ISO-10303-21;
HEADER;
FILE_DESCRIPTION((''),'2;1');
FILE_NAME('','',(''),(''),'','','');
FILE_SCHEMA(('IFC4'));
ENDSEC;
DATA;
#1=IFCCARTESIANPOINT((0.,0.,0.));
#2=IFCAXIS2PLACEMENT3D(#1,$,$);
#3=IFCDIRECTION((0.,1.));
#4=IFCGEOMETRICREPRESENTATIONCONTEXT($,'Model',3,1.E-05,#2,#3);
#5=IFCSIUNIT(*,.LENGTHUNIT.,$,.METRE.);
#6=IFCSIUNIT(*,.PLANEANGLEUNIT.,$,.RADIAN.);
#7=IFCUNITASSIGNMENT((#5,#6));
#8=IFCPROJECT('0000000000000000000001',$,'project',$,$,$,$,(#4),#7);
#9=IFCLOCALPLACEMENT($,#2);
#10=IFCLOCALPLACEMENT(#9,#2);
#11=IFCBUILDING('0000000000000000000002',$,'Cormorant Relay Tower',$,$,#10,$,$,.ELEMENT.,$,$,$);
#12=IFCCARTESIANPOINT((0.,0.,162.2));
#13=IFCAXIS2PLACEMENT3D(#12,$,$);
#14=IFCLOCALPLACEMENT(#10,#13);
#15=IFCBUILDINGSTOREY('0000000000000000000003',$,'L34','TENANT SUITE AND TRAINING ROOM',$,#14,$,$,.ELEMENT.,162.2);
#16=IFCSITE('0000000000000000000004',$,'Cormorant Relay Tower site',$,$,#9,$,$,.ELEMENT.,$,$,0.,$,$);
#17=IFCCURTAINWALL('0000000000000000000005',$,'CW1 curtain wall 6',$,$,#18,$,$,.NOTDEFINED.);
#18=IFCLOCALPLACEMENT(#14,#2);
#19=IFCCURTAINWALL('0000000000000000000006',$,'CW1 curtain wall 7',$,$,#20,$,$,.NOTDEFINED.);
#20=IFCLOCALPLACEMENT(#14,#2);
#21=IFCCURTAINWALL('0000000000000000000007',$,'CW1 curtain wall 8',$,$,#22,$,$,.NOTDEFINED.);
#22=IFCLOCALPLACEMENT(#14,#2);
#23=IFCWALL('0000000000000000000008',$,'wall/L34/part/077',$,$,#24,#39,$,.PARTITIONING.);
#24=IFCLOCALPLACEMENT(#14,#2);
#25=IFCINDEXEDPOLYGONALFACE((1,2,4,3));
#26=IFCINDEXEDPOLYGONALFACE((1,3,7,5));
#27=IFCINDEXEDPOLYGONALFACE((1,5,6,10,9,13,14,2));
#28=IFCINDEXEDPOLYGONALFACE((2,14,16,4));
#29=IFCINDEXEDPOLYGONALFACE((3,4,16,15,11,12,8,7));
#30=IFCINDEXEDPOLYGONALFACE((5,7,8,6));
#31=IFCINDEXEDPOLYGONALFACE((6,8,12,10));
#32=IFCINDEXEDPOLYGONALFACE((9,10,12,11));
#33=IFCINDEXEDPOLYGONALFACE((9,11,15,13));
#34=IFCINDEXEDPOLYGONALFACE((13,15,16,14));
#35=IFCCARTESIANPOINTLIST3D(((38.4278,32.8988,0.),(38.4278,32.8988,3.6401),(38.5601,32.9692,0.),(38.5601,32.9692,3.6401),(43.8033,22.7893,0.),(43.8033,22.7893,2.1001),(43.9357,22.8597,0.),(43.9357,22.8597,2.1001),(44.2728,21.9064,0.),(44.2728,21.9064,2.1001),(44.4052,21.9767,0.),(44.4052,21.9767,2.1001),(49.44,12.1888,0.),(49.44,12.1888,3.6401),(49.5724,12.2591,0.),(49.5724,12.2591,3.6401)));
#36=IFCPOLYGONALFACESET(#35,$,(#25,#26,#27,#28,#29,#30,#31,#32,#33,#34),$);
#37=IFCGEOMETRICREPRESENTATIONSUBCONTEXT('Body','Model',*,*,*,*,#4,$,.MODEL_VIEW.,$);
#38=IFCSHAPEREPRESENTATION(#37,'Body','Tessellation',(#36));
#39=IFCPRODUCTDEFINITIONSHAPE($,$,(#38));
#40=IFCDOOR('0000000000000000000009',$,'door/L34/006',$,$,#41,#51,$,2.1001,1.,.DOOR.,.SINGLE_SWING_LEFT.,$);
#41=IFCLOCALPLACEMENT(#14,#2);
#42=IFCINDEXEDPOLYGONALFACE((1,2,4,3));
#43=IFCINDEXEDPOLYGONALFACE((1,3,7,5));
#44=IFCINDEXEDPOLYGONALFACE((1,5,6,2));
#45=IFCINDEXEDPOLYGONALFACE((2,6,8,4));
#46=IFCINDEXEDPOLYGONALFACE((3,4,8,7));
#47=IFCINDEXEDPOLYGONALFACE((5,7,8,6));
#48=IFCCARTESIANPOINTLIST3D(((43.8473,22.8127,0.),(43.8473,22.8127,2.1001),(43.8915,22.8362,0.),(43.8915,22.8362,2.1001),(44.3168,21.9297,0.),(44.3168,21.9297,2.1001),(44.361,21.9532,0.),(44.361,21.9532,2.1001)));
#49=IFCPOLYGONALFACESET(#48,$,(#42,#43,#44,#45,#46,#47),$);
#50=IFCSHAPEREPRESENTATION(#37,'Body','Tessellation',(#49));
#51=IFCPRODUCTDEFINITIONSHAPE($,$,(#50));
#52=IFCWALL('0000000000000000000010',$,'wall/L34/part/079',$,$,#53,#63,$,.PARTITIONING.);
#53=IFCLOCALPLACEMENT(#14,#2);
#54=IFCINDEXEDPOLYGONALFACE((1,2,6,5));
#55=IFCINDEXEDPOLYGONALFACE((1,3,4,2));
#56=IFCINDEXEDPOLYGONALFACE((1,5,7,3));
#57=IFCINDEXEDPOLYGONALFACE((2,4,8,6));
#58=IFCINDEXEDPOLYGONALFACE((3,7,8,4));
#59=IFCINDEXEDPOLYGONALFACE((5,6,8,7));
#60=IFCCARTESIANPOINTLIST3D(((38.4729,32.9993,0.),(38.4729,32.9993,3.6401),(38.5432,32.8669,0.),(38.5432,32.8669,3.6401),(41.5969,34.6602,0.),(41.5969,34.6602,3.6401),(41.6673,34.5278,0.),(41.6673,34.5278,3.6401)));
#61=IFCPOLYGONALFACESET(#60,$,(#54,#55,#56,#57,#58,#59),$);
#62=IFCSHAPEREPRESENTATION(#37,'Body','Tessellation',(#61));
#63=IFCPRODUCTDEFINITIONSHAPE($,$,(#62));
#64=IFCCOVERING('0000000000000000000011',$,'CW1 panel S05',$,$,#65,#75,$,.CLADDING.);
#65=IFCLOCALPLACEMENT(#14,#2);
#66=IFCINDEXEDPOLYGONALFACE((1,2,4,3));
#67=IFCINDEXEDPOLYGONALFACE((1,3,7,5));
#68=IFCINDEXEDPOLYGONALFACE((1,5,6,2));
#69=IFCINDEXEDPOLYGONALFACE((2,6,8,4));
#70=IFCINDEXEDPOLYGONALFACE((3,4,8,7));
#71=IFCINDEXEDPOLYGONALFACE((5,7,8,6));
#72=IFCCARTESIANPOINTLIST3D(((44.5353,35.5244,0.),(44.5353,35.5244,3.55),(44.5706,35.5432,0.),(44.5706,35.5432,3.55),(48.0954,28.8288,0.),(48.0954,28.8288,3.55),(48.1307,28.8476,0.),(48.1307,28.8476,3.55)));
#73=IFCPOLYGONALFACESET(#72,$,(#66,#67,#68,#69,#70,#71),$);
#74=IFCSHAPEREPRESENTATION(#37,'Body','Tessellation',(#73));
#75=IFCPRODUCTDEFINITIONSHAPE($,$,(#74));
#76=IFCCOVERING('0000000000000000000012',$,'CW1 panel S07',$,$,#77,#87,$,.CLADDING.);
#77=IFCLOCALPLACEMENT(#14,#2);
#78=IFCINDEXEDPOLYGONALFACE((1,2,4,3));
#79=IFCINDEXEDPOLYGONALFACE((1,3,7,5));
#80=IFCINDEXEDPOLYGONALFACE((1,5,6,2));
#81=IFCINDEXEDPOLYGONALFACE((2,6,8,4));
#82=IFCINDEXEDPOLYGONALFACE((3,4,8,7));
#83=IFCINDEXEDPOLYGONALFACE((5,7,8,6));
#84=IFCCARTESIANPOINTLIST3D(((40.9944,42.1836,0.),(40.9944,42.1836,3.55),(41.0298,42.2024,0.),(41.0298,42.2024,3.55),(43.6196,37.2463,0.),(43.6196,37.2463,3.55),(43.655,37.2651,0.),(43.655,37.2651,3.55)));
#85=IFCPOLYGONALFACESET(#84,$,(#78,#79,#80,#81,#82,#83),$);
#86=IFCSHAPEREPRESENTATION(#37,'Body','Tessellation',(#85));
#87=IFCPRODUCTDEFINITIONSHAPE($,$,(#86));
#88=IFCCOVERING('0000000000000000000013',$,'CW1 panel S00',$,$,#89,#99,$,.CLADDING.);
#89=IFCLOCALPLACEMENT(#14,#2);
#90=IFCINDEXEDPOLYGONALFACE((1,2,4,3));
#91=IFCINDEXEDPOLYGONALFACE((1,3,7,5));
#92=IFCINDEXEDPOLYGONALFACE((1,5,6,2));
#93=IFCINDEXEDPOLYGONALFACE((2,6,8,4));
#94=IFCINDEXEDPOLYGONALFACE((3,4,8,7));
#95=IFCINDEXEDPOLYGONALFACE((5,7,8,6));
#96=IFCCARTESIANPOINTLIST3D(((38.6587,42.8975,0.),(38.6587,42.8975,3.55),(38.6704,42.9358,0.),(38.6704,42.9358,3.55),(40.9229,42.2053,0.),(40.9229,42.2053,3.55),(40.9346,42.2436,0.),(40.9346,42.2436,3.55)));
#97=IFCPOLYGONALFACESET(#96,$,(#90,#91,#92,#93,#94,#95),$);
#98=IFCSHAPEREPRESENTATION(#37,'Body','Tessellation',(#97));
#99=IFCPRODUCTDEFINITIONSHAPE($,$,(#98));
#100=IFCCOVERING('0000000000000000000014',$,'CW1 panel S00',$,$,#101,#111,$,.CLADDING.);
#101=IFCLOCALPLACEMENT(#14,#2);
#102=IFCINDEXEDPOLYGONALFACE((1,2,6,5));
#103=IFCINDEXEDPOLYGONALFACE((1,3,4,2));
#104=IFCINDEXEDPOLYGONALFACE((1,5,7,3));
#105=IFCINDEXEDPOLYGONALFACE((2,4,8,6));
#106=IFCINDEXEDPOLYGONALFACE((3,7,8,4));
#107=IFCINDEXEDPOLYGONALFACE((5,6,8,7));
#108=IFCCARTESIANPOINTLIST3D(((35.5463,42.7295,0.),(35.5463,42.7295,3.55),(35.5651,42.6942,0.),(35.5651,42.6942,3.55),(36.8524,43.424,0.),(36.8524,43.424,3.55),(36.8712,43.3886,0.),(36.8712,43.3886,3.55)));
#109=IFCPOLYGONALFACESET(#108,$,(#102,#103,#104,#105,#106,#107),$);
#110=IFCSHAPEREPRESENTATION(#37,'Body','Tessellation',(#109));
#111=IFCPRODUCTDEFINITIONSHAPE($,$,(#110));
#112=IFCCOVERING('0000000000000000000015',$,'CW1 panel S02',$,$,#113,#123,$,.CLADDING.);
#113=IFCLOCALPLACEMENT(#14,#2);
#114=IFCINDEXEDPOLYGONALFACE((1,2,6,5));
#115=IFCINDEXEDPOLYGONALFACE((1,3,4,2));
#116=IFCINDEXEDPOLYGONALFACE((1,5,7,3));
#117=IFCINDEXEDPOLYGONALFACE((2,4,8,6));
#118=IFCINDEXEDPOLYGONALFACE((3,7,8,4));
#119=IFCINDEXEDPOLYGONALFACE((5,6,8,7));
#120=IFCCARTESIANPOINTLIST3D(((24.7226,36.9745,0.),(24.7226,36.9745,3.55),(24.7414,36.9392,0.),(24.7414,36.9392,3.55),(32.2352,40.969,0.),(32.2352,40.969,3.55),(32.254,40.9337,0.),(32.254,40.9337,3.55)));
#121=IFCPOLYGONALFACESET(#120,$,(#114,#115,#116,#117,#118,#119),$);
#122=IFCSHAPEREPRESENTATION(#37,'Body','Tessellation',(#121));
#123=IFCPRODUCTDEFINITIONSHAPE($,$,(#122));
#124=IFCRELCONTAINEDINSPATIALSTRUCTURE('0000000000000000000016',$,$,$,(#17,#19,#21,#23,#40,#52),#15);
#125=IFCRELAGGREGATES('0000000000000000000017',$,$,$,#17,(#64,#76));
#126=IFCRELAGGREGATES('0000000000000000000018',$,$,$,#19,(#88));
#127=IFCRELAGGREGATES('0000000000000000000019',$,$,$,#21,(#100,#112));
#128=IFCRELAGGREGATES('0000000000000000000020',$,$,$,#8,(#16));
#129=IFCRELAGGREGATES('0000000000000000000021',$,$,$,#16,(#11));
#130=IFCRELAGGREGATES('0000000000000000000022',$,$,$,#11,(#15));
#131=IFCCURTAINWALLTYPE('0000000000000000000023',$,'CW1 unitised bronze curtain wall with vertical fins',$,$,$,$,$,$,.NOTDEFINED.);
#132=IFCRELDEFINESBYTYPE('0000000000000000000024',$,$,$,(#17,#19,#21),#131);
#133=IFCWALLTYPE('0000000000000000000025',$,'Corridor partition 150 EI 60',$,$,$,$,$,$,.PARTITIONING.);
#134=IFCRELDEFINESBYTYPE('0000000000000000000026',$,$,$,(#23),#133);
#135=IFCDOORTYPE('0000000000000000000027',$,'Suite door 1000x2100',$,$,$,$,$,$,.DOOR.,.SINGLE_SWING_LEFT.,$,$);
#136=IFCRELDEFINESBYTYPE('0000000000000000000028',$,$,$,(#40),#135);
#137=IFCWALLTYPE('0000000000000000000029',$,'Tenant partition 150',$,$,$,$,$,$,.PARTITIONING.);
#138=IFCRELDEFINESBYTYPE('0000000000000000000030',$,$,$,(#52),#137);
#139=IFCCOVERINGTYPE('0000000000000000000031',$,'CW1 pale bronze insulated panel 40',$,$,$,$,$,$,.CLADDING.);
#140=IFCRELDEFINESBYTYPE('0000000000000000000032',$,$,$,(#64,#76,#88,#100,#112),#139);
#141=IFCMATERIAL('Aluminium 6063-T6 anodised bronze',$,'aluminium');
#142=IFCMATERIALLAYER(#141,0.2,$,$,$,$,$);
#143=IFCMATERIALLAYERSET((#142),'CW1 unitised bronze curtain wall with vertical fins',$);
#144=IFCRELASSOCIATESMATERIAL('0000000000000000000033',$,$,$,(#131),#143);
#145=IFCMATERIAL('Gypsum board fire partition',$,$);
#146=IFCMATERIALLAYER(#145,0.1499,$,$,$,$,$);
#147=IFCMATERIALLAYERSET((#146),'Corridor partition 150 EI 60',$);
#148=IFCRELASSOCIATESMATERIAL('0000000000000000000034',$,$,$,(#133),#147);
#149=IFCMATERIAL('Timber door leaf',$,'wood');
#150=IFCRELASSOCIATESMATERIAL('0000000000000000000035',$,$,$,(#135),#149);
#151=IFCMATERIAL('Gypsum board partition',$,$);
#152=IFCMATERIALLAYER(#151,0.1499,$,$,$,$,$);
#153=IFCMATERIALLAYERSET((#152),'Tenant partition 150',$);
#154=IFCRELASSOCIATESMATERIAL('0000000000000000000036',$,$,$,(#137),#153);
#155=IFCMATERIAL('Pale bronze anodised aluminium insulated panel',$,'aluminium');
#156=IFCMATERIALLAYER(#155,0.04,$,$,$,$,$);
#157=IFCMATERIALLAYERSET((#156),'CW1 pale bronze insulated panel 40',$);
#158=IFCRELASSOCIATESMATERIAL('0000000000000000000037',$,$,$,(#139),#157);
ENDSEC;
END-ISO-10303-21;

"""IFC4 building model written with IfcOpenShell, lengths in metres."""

from ifc_helpers import new_model, si_unit, direction, frame, frame_2d, origin, origin_2d, place, context, subcontext, project, spatial, rectangle, extrude, material, layer, layer_set, type_object, element, fill, aggregate, save


model = new_model("IFC4")

# Units and contexts
model_context = context("Model", 3, precision=1e-05, world=origin(), true_north=direction((0.0, 1.0)))
body_context = subcontext(model_context, "Body", "Model", "MODEL_VIEW")
ifc_project = project(units=[si_unit("LENGTHUNIT", "METRE"), si_unit("PLANEANGLEUNIT", "RADIAN")], contexts=[model_context])

# Site, building, storey
site_placement = place(None, origin())
site = spatial("IfcSite", under=ifc_project, at=site_placement, Name="Cormorant Relay Tower site", CompositionType="ELEMENT", RefElevation=0.0)
building_placement = place(site_placement, origin())
building = spatial("IfcBuilding", under=site, at=building_placement, Name="Cormorant Relay Tower", CompositionType="ELEMENT")
storey_placement = place(building_placement, frame((0.0, 0.0, 162.2)))
storey = spatial("IfcBuildingStorey", under=building, at=storey_placement, Name="L34", Description="TENANT SUITE AND TRAINING ROOM", CompositionType="ELEMENT", Elevation=162.2)

# Curtain wall
ifc_material_1 = material(Name="Aluminium 6063-T6 anodised bronze", Category="aluminium")
ifc_layer_1 = layer(ifc_material_1, 0.2)
ifc_layer_set_1 = layer_set([ifc_layer_1], Name="CW1 unitised bronze curtain wall with vertical fins")
curtain_wall_type = type_object("IfcCurtainWallType", Name="CW1 unitised bronze curtain wall with vertical fins", PredefinedType="NOTDEFINED", material=ifc_layer_set_1)
curtain_wall_1_placement = place(storey_placement, origin())
curtain_wall_1 = element("IfcCurtainWall", 1, at=curtain_wall_1_placement, inside=storey, type_object=curtain_wall_type, Name="CW1 curtain wall 6", PredefinedType="NOTDEFINED")

# Curtain wall
curtain_wall_2_placement = place(storey_placement, origin())
curtain_wall_2 = element("IfcCurtainWall", 2, at=curtain_wall_2_placement, inside=storey, type_object=curtain_wall_type, Name="CW1 curtain wall 7", PredefinedType="NOTDEFINED")

# Curtain wall
curtain_wall_3_placement = place(storey_placement, origin())
curtain_wall_3 = element("IfcCurtainWall", 3, at=curtain_wall_3_placement, inside=storey, type_object=curtain_wall_type, Name="CW1 curtain wall 8", PredefinedType="NOTDEFINED")

# Shared definitions
ifc_material_2 = material(Name="Gypsum board fire partition")
ifc_layer_2 = layer(ifc_material_2, 0.1499)
ifc_layer_set_2 = layer_set([ifc_layer_2], Name="Corridor partition 150 EI 60")
wall_type_1 = type_object("IfcWallType", Name="Corridor partition 150 EI 60", PredefinedType="PARTITIONING", material=ifc_layer_set_2)

# Wall, opening, door
ifc_material_3 = material(Name="Timber door leaf", Category="wood")
door_type = type_object("IfcDoorType", Name="Suite door 1000x2100", OperationType="SINGLE_SWING_LEFT", PredefinedType="DOOR", material=ifc_material_3)
wall_1_placement = place(storey_placement, frame((38.4939, 32.9341, 0.0), z_axis=(0.0, 0.0, 1.0), x_axis=(0.469489, -0.882938, 0.0)))
wall_1 = element("IfcWall", 4, at=wall_1_placement, inside=storey, type_object=wall_type_1, Name="wall/L34/part/077", PredefinedType="PARTITIONING", context=body_context, shape_type="SweptSolid", body=[
    extrude(rectangle(XDim=23.4558, YDim=0.1499, at=frame_2d((11.728, 0.0))), origin(), (0.0, 0.0, 1.0), 3.6401),
])
opening_1_placement = place(wall_1_placement, frame((11.45, 0.0, 0.0)))
opening_1 = element("IfcOpeningElement", 5, at=opening_1_placement, cuts=wall_1, PredefinedType="OPENING", context=body_context, shape_type="SweptSolid", body=[
    extrude(rectangle(XDim=1.0, YDim=2.1001, at=frame_2d((0.5, 1.05))), frame((0.0, 0.085, 0.0), z_axis=(0.0, -1.0, 0.0), x_axis=(1.0, 0.0, 0.0)), (0.0, 0.0, 1.0), 0.1699),
])
door_1_placement = place(opening_1_placement, origin())
door_1 = element("IfcDoor", 6, at=door_1_placement, inside=storey, type_object=door_type, Name="door/L34/006", OperationType="SINGLE_SWING_LEFT", OverallHeight=2.1001, OverallWidth=1.0, PredefinedType="DOOR", context=body_context, shape_type="SweptSolid", body=[
    extrude(rectangle(XDim=1.0, YDim=2.1001, at=frame_2d((0.5, 1.05))), frame((0.0, 0.0249, 0.0), z_axis=(0.0, -1.0, 0.0), x_axis=(1.0, 0.0, 0.0)), (0.0, 0.0, 1.0), 0.05),
])
fill(opening_1, door_1)

# Wall
ifc_material_4 = material(Name="Gypsum board partition")
ifc_layer_3 = layer(ifc_material_4, 0.1499)
ifc_layer_set_3 = layer_set([ifc_layer_3], Name="Tenant partition 150")
wall_type_2 = type_object("IfcWallType", Name="Tenant partition 150", PredefinedType="PARTITIONING", material=ifc_layer_set_3)
wall_2_placement = place(storey_placement, frame((41.6321, 34.594, 0.0), z_axis=(0.0, 0.0, 1.0), x_axis=(-0.882969, -0.469431, 0.0)))
element("IfcWall", 7, at=wall_2_placement, inside=storey, type_object=wall_type_2, Name="wall/L34/part/079", PredefinedType="PARTITIONING", context=body_context, shape_type="SweptSolid", body=[
    extrude(rectangle(XDim=3.5381, YDim=0.1499, at=frame_2d((1.769, 0.0))), origin(), (0.0, 0.0, 1.0), 3.6401),
])

# Coverings
ifc_material_5 = material(Name="Pale bronze anodised aluminium insulated panel", Category="aluminium")
ifc_layer_4 = layer(ifc_material_5, 0.04)
ifc_layer_set_4 = layer_set([ifc_layer_4], Name="CW1 pale bronze insulated panel 40")
covering_type = type_object("IfcCoveringType", Name="CW1 pale bronze insulated panel 40", PredefinedType="CLADDING", material=ifc_layer_set_4)
covering_1_placement = place(storey_placement, frame((46.333, 32.186, 0.0), z_axis=(0.0, 0.0, 1.0), x_axis=(-0.469472, 0.882948, 0.0)))
covering_1 = element("IfcCovering", 8, at=covering_1_placement, type_object=covering_type, Name="CW1 panel S05", PredefinedType="CLADDING", context=body_context, shape_type="SweptSolid", body=[
    extrude(rectangle(XDim=7.5833, YDim=0.04, at=origin_2d()), origin(), (0.0, 0.0, 1.0), 3.55),
])
covering_2_placement = place(storey_placement, frame((42.3247, 39.7244, 0.0), z_axis=(0.0, 0.0, 1.0), x_axis=(-0.469472, 0.882948, 0.0)))
covering_2 = element("IfcCovering", 9, at=covering_2_placement, type_object=covering_type, Name="CW1 panel S07", PredefinedType="CLADDING", context=body_context, shape_type="SweptSolid", body=[
    extrude(rectangle(XDim=5.5918, YDim=0.04, at=origin_2d()), origin(), (0.0, 0.0, 1.0), 3.55),
])
aggregate(curtain_wall_1, [covering_1, covering_2])
covering_3_placement = place(storey_placement, frame((39.7966, 42.5706, 0.0), z_axis=(0.0, 0.0, 1.0), x_axis=(-0.956305, 0.292372, 0.0)))
covering_3 = element("IfcCovering", 10, at=covering_3_placement, type_object=covering_type, Name="CW1 panel S00", PredefinedType="CLADDING", context=body_context, shape_type="SweptSolid", body=[
    extrude(rectangle(XDim=2.3677, YDim=0.04, at=origin_2d()), origin(), (0.0, 0.0, 1.0), 3.55),
])
aggregate(curtain_wall_2, [covering_3])
covering_4_placement = place(storey_placement, frame((36.2087, 43.0591, 0.0), z_axis=(0.0, 0.0, 1.0), x_axis=(-0.882948, -0.469472, 0.0)))
covering_4 = element("IfcCovering", 11, at=covering_4_placement, type_object=covering_type, Name="CW1 panel S00", PredefinedType="CLADDING", context=body_context, shape_type="SweptSolid", body=[
    extrude(rectangle(XDim=1.4792, YDim=0.04, at=origin_2d()), origin(), (0.0, 0.0, 1.0), 3.55),
])
covering_5_placement = place(storey_placement, frame((28.4883, 38.9541, 0.0), z_axis=(0.0, 0.0, 1.0), x_axis=(-0.882948, -0.469472, 0.0)))
covering_5 = element("IfcCovering", 12, at=covering_5_placement, type_object=covering_type, Name="CW1 panel S02", PredefinedType="CLADDING", context=body_context, shape_type="SweptSolid", body=[
    extrude(rectangle(XDim=8.5085, YDim=0.04, at=origin_2d()), origin(), (0.0, 0.0, 1.0), 3.55),
])
aggregate(curtain_wall_3, [covering_4, covering_5])

save(model, "model.ifc")
